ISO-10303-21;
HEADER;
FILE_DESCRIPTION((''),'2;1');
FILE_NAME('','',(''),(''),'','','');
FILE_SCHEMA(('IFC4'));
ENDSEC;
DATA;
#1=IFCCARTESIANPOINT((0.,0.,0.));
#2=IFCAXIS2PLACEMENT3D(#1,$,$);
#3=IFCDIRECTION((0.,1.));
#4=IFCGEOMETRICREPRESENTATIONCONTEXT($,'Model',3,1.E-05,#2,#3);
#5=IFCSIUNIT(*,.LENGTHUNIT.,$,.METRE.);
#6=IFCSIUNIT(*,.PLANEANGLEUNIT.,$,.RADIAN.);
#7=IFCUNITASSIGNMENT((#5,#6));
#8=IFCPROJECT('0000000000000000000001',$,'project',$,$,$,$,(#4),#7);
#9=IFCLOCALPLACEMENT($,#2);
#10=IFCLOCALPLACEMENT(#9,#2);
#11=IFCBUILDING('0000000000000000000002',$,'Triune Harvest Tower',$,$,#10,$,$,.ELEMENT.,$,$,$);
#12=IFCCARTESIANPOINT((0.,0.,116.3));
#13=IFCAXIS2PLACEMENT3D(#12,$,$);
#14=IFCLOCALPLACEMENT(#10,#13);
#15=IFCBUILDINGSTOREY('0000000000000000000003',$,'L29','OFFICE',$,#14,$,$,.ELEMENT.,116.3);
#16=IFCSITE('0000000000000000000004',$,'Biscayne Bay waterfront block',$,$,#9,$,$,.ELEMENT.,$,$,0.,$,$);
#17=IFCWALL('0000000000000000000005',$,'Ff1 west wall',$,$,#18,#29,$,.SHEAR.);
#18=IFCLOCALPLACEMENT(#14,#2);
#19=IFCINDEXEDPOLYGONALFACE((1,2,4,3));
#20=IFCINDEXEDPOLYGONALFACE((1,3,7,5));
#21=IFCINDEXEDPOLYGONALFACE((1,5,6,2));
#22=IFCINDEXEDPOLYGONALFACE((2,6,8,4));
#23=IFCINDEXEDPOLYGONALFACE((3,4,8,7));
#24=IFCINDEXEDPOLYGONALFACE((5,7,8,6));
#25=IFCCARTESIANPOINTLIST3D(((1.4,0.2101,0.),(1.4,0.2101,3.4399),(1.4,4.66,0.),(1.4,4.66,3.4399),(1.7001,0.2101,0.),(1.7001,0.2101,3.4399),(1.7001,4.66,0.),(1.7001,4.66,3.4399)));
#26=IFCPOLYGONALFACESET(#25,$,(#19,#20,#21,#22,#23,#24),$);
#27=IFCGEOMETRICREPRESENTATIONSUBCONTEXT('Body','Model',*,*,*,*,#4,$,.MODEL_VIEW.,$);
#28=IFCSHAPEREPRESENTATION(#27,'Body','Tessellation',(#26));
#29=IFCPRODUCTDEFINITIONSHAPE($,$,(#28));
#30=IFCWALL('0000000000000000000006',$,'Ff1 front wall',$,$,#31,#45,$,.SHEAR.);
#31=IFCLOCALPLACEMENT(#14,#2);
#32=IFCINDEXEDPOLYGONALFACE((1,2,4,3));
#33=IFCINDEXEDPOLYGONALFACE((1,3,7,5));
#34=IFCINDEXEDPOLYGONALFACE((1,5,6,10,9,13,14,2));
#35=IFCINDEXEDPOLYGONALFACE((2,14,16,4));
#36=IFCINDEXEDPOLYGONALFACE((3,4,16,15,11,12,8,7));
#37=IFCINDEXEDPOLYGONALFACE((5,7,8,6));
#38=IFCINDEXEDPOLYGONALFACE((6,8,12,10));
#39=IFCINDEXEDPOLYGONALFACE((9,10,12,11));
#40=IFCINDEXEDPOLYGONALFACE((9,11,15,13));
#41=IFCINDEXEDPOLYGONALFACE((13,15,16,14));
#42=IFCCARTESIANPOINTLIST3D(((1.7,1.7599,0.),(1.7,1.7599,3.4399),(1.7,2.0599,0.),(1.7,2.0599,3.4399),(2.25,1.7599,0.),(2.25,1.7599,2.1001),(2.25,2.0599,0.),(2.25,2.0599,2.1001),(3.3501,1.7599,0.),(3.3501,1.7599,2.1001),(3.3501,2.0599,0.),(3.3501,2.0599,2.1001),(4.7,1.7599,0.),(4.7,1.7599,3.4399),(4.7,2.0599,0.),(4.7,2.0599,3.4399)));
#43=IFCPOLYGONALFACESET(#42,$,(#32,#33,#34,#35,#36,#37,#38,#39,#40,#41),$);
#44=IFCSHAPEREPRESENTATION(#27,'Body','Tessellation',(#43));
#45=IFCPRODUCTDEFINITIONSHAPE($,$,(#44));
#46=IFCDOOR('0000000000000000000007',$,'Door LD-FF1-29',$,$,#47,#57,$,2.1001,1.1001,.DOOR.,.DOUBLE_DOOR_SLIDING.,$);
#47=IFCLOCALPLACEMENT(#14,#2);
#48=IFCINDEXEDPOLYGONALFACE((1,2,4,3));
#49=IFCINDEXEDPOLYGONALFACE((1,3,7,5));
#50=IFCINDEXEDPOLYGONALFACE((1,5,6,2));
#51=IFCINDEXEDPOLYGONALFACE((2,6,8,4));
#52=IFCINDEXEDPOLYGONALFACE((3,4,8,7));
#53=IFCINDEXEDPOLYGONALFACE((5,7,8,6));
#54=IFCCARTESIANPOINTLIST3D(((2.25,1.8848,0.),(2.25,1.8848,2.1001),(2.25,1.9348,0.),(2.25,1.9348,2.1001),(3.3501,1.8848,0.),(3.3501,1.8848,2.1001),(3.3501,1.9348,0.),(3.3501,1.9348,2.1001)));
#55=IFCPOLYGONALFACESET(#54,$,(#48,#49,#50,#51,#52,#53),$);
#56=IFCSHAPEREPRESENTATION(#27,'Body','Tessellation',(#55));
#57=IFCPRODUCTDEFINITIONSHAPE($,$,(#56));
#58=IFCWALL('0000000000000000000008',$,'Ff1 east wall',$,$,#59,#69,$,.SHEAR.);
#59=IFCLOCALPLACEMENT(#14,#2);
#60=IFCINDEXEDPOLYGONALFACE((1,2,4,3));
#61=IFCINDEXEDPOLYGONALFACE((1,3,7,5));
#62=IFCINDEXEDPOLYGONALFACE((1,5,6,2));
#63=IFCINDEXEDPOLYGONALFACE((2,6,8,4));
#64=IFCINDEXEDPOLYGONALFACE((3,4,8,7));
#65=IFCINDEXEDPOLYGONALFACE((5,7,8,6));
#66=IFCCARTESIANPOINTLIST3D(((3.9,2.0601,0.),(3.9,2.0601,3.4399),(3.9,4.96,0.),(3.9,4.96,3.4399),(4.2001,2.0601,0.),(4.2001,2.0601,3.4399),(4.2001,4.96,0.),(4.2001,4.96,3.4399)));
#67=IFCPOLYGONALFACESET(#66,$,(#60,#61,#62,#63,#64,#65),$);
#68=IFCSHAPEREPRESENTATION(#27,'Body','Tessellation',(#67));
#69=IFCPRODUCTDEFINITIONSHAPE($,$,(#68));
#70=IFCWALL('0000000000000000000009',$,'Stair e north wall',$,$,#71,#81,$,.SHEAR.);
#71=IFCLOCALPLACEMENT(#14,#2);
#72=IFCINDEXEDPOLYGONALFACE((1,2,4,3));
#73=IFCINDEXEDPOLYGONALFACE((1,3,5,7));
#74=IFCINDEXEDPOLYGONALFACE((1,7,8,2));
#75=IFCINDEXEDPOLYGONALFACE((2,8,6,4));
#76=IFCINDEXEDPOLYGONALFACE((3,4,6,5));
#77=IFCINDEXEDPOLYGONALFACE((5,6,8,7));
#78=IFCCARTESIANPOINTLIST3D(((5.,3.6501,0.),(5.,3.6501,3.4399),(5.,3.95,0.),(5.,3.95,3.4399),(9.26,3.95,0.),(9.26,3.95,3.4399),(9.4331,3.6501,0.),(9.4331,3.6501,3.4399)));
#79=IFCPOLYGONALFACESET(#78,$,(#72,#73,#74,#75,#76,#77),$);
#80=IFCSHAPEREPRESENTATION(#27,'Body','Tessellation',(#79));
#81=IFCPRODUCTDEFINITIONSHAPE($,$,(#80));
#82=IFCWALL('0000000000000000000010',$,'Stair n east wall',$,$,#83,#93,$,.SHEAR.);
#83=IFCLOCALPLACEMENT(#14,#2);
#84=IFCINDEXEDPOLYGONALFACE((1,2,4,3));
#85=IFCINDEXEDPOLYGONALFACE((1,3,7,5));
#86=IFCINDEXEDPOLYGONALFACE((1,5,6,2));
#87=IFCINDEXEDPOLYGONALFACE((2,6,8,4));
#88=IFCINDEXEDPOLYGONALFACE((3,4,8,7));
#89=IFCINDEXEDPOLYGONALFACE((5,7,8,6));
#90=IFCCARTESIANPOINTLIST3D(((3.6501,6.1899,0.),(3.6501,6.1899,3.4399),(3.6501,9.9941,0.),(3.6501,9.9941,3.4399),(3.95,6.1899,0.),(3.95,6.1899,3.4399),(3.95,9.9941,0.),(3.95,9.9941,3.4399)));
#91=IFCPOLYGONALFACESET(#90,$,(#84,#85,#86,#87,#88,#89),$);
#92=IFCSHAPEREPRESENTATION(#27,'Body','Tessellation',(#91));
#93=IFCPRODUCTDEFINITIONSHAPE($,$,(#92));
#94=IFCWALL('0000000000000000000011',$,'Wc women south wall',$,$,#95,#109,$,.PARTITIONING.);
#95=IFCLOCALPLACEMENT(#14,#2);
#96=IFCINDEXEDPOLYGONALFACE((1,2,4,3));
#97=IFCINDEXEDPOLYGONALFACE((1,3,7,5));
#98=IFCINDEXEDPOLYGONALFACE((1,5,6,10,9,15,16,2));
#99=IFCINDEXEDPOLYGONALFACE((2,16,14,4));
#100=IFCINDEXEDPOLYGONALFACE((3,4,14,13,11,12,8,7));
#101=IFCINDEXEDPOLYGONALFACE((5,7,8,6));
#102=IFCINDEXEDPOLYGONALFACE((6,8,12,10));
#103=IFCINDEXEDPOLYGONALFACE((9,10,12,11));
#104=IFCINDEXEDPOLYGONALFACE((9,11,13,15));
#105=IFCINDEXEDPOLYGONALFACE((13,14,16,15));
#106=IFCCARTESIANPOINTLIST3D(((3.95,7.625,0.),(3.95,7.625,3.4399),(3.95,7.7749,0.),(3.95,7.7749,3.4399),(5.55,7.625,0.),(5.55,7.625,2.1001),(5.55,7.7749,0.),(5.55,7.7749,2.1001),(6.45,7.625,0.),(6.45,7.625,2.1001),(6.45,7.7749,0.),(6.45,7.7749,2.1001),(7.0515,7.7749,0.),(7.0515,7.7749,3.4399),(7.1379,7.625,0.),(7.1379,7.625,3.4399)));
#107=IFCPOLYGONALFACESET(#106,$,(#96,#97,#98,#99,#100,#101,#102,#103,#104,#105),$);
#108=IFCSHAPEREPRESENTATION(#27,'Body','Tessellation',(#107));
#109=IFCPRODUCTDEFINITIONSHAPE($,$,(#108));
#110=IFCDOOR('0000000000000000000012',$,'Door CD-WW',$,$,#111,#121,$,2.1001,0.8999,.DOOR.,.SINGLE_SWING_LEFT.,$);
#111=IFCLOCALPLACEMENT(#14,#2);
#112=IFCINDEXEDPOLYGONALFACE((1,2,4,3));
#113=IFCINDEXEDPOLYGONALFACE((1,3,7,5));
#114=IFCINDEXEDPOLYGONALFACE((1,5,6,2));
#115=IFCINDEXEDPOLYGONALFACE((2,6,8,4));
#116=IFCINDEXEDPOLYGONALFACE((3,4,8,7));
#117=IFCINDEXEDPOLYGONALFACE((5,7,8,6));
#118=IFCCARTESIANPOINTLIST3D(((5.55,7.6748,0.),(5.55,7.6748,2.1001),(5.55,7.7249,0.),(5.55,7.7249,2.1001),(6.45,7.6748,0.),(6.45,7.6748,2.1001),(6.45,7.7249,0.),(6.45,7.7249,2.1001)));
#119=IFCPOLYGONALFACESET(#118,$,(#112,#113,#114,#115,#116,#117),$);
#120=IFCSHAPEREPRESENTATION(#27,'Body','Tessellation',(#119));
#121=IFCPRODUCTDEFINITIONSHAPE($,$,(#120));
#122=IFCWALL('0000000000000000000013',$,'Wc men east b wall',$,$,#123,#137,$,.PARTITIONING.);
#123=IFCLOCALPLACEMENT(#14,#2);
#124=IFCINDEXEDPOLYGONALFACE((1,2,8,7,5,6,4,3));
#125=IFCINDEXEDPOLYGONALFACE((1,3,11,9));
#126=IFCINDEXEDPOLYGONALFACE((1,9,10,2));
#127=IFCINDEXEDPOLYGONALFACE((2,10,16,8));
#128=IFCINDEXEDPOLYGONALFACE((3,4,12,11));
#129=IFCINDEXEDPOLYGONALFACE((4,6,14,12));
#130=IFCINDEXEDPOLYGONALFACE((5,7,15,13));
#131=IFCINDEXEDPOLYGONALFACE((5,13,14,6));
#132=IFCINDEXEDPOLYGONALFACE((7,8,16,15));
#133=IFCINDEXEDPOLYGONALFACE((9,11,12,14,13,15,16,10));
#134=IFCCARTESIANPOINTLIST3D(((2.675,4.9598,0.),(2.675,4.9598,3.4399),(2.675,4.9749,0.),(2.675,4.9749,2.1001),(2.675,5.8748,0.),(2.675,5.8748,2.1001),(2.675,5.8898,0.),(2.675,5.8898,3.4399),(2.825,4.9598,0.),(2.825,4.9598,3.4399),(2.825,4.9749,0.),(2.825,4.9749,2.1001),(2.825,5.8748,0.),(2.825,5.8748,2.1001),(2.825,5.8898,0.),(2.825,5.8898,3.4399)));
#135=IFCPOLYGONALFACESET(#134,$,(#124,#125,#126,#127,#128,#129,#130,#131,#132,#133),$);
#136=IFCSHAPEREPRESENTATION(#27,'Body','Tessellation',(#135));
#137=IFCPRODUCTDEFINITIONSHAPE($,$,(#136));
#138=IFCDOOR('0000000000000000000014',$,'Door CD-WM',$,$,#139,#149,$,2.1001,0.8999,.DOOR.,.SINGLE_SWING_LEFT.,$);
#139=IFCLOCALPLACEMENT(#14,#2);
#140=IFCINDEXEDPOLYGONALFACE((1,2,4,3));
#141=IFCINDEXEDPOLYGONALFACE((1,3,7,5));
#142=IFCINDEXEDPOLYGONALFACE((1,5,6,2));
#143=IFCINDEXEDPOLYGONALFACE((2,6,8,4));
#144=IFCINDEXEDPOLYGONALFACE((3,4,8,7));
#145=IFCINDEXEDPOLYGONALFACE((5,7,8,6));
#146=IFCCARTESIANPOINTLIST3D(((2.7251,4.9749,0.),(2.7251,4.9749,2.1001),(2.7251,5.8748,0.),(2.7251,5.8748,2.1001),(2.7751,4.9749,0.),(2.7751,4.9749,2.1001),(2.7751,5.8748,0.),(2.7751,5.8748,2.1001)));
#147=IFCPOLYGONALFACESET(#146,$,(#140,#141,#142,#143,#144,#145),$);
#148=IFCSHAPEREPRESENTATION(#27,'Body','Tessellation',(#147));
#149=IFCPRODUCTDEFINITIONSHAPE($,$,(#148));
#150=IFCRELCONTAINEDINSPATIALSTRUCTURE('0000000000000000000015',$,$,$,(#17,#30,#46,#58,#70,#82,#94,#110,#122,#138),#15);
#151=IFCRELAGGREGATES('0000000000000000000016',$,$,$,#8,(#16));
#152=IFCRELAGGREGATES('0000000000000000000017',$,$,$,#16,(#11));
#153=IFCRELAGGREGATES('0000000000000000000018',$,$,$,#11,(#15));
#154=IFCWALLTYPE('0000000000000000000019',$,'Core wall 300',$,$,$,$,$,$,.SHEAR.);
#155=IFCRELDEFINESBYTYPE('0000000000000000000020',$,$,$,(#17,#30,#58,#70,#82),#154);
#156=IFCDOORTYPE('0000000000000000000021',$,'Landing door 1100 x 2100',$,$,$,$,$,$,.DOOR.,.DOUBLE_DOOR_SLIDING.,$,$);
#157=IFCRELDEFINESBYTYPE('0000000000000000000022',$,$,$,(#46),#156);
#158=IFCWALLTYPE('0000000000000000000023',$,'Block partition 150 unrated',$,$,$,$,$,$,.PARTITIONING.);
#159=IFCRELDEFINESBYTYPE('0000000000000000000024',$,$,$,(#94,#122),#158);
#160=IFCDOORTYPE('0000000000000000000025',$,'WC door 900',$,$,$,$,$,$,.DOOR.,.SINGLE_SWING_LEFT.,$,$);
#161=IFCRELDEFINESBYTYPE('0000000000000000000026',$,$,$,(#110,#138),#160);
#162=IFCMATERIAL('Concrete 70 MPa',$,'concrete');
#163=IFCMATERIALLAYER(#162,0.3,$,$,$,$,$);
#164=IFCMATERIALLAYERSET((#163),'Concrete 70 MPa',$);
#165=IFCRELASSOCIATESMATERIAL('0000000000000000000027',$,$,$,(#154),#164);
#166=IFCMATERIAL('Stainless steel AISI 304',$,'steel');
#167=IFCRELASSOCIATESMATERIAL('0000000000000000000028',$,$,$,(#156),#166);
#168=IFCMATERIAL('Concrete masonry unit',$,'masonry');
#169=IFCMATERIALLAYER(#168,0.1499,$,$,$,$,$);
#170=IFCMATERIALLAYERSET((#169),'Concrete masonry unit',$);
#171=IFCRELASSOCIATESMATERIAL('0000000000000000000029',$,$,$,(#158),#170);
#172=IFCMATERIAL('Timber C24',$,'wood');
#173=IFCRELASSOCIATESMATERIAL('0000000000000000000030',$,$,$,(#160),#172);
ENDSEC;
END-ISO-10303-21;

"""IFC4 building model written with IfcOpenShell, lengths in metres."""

from ifc_helpers import new_model, si_unit, direction, frame, frame_2d, origin, place, context, subcontext, project, spatial, polyline, rectangle, outline, extrude, source, transform, mapped, material, layer, layer_set, type_object, element, fill, save


model = new_model("IFC4")

# Units and contexts
model_context = context("Model", 3, precision=1e-05, world=origin(), true_north=direction((0.0, 1.0)))
body_context = subcontext(model_context, "Body", "Model", "MODEL_VIEW")
ifc_project = project(units=[si_unit("LENGTHUNIT", "METRE"), si_unit("PLANEANGLEUNIT", "RADIAN")], contexts=[model_context])

# Site, building, storey
site_placement = place(None, origin())
site = spatial("IfcSite", under=ifc_project, at=site_placement, Name="Biscayne Bay waterfront block", CompositionType="ELEMENT", RefElevation=0.0)
building_placement = place(site_placement, origin())
building = spatial("IfcBuilding", under=site, at=building_placement, Name="Triune Harvest Tower", CompositionType="ELEMENT")
storey_placement = place(building_placement, frame((0.0, 0.0, 116.3)))
storey = spatial("IfcBuildingStorey", under=building, at=storey_placement, Name="L29", Description="OFFICE", CompositionType="ELEMENT", Elevation=116.3)

# Wall
ifc_material_1 = material(Name="Concrete 70 MPa", Category="concrete")
ifc_layer_1 = layer(ifc_material_1, 0.3)
ifc_layer_set_1 = layer_set([ifc_layer_1], Name="Concrete 70 MPa")
wall_type_1 = type_object("IfcWallType", Name="Core wall 300", PredefinedType="SHEAR", material=ifc_layer_set_1)
shared_shape_1 = source(origin(), body_context, "Body", "SweptSolid", [
    extrude(rectangle(XDim=4.45, YDim=0.3, at=frame_2d((2.2251, 0.0))), origin(), (0.0, 0.0, 1.0), 3.4399),
])
wall_1_placement = place(storey_placement, frame((1.55, 0.21, 0.0), z_axis=(0.0, 0.0, 1.0), x_axis=(0.0, 1.0, 0.0)))
element("IfcWall", 1, at=wall_1_placement, inside=storey, type_object=wall_type_1, Name="Ff1 west wall", PredefinedType="SHEAR", context=body_context, shape_type="MappedRepresentation", body=[
    mapped(shared_shape_1, transform((0.0, 0.0, 0.0), scale=1.0)),
])

# Wall, opening, door
shared_shape_2 = source(origin(), body_context, "Body", "SweptSolid", [
    extrude(rectangle(XDim=3.0, YDim=0.3, at=frame_2d((1.5, 0.0))), origin(), (0.0, 0.0, 1.0), 3.4399),
])
wall_2_placement = place(storey_placement, frame((1.7, 1.9099, 0.0), z_axis=(0.0, 0.0, 1.0), x_axis=(1.0, 0.0, 0.0)))
wall_2 = element("IfcWall", 2, at=wall_2_placement, inside=storey, type_object=wall_type_1, Name="Ff1 front wall", PredefinedType="SHEAR", context=body_context, shape_type="MappedRepresentation", body=[
    mapped(shared_shape_2, transform((0.0, 0.0, 0.0), scale=1.0)),
])
opening_1_placement = place(wall_2_placement, frame((0.55, 0.0, 0.0)))
opening_1 = element("IfcOpeningElement", 3, at=opening_1_placement, cuts=wall_2, PredefinedType="OPENING", context=body_context, shape_type="SweptSolid", body=[
    extrude(rectangle(XDim=1.1001, YDim=2.1001, at=frame_2d((0.55, 1.05))), frame((0.0, 0.1602, 0.0), z_axis=(0.0, -1.0, 0.0), x_axis=(1.0, 0.0, 0.0)), (0.0, 0.0, 1.0), 0.3201),
])
ifc_material_2 = material(Name="Stainless steel AISI 304", Category="steel")
door_type_1 = type_object("IfcDoorType", Name="Landing door 1100 x 2100", OperationType="DOUBLE_DOOR_SLIDING", PredefinedType="DOOR", material=ifc_material_2)
door_1_placement = place(opening_1_placement, origin())
door_1 = element("IfcDoor", 4, at=door_1_placement, inside=storey, type_object=door_type_1, Name="Door LD-FF1-29", OperationType="DOUBLE_DOOR_SLIDING", OverallHeight=2.1001, OverallWidth=1.1001, PredefinedType="DOOR", context=body_context, shape_type="SweptSolid", body=[
    extrude(rectangle(XDim=1.1001, YDim=2.1001, at=frame_2d((0.55, 1.05))), frame((0.0, 0.0249, 0.0), z_axis=(0.0, -1.0, 0.0), x_axis=(1.0, 0.0, 0.0)), (0.0, 0.0, 1.0), 0.05),
])
fill(opening_1, door_1)

# Walls
shared_shape_3 = source(origin(), body_context, "Body", "SweptSolid", [
    extrude(rectangle(XDim=2.8999, YDim=0.3, at=frame_2d((1.45, 0.0))), origin(), (0.0, 0.0, 1.0), 3.4399),
])
wall_3_placement = place(storey_placement, frame((4.05, 2.0601, 0.0), z_axis=(0.0, 0.0, 1.0), x_axis=(0.0, 1.0, 0.0)))
element("IfcWall", 5, at=wall_3_placement, inside=storey, type_object=wall_type_1, Name="Ff1 east wall", PredefinedType="SHEAR", context=body_context, shape_type="MappedRepresentation", body=[
    mapped(shared_shape_3, transform((0.0, 0.0, 0.0), scale=1.0)),
])
shared_shape_4 = source(origin(), body_context, "Body", "SweptSolid", [
    extrude(outline(polyline([(0.0, -0.1499), (0.0, 0.1499), (4.26, 0.1499), (4.4331, -0.1499), (0.0, -0.1499)])), origin(), (0.0, 0.0, 1.0), 3.4399),
])
wall_4_placement = place(storey_placement, frame((5.0, 3.8, 0.0), z_axis=(0.0, 0.0, 1.0), x_axis=(1.0, 0.0, 0.0)))
element("IfcWall", 6, at=wall_4_placement, inside=storey, type_object=wall_type_1, Name="Stair e north wall", PredefinedType="SHEAR", context=body_context, shape_type="MappedRepresentation", body=[
    mapped(shared_shape_4, transform((0.0, 0.0, 0.0), scale=1.0)),
])
shared_shape_5 = source(origin(), body_context, "Body", "SweptSolid", [
    extrude(outline(polyline([(0.0, -0.1499), (0.0, 0.1499), (3.8042, 0.1499), (3.8042, -0.1499), (0.0, -0.1499)])), origin(), (0.0, 0.0, 1.0), 3.4399),
])
wall_5_placement = place(storey_placement, frame((3.8, 6.1899, 0.0), z_axis=(0.0, 0.0, 1.0), x_axis=(0.0, 1.0, 0.0)))
element("IfcWall", 7, at=wall_5_placement, inside=storey, type_object=wall_type_1, Name="Stair n east wall", PredefinedType="SHEAR", context=body_context, shape_type="MappedRepresentation", body=[
    mapped(shared_shape_5, transform((0.0, 0.0, 0.0), scale=1.0)),
])

# Walls, openings, doors
ifc_material_3 = material(Name="Concrete masonry unit", Category="masonry")
ifc_layer_2 = layer(ifc_material_3, 0.1499)
ifc_layer_set_2 = layer_set([ifc_layer_2], Name="Concrete masonry unit")
wall_type_2 = type_object("IfcWallType", Name="Block partition 150 unrated", PredefinedType="PARTITIONING", material=ifc_layer_set_2)
shared_shape_6 = source(origin(), body_context, "Body", "SweptSolid", [
    extrude(outline(polyline([(0.0, -0.075), (0.0, 0.075), (3.1016, 0.075), (3.188, -0.075), (0.0, -0.075)])), origin(), (0.0, 0.0, 1.0), 3.4399),
])
wall_6_placement = place(storey_placement, frame((3.95, 7.7, 0.0), z_axis=(0.0, 0.0, 1.0), x_axis=(1.0, 0.0, 0.0)))
wall_6 = element("IfcWall", 8, at=wall_6_placement, inside=storey, type_object=wall_type_2, Name="Wc women south wall", PredefinedType="PARTITIONING", context=body_context, shape_type="MappedRepresentation", body=[
    mapped(shared_shape_6, transform((0.0, 0.0, 0.0), scale=1.0)),
])
opening_2_placement = place(wall_6_placement, frame((1.6001, 0.0, 0.0)))
opening_2 = element("IfcOpeningElement", 9, at=opening_2_placement, cuts=wall_6, PredefinedType="OPENING", context=body_context, shape_type="SweptSolid", body=[
    extrude(rectangle(XDim=0.8999, YDim=2.1001, at=frame_2d((0.45, 1.05))), frame((0.0, 0.085, 0.0), z_axis=(0.0, -1.0, 0.0), x_axis=(1.0, 0.0, 0.0)), (0.0, 0.0, 1.0), 0.1699),
])
ifc_material_4 = material(Name="Timber C24", Category="wood")
door_type_2 = type_object("IfcDoorType", Name="WC door 900", OperationType="SINGLE_SWING_LEFT", PredefinedType="DOOR", material=ifc_material_4)
door_2_placement = place(opening_2_placement, origin())
door_2 = element("IfcDoor", 10, at=door_2_placement, inside=storey, type_object=door_type_2, Name="Door CD-WW", OperationType="SINGLE_SWING_LEFT", OverallHeight=2.1001, OverallWidth=0.8999, PredefinedType="DOOR", context=body_context, shape_type="SweptSolid", body=[
    extrude(rectangle(XDim=0.8999, YDim=2.1001, at=frame_2d((0.45, 1.05))), frame((0.0, 0.0249, 0.0), z_axis=(0.0, -1.0, 0.0), x_axis=(1.0, 0.0, 0.0)), (0.0, 0.0, 1.0), 0.05),
])
fill(opening_2, door_2)
shared_shape_7 = source(origin(), body_context, "Body", "SweptSolid", [
    extrude(rectangle(XDim=0.9299, YDim=0.1499, at=frame_2d((0.4648, 0.0))), origin(), (0.0, 0.0, 1.0), 3.4399),
])
wall_7_placement = place(storey_placement, frame((2.75, 4.96, 0.0), z_axis=(0.0, 0.0, 1.0), x_axis=(0.0, 1.0, 0.0)))
wall_7 = element("IfcWall", 11, at=wall_7_placement, inside=storey, type_object=wall_type_2, Name="Wc men east b wall", PredefinedType="PARTITIONING", context=body_context, shape_type="MappedRepresentation", body=[
    mapped(shared_shape_7, transform((0.0, 0.0, 0.0), scale=1.0)),
])
opening_3_placement = place(wall_7_placement, frame((0.0149, 0.0, 0.0)))
opening_3 = element("IfcOpeningElement", 12, at=opening_3_placement, cuts=wall_7, PredefinedType="OPENING", context=body_context, shape_type="SweptSolid", body=[
    extrude(rectangle(XDim=0.8999, YDim=2.1001, at=frame_2d((0.45, 1.05))), frame((0.0, 0.085, 0.0), z_axis=(0.0, -1.0, 0.0), x_axis=(1.0, 0.0, 0.0)), (0.0, 0.0, 1.0), 0.1699),
])
door_3_placement = place(opening_3_placement, origin())
door_3 = element("IfcDoor", 13, at=door_3_placement, inside=storey, type_object=door_type_2, Name="Door CD-WM", OperationType="SINGLE_SWING_LEFT", OverallHeight=2.1001, OverallWidth=0.8999, PredefinedType="DOOR", context=body_context, shape_type="SweptSolid", body=[
    extrude(rectangle(XDim=0.8999, YDim=2.1001, at=frame_2d((0.45, 1.05))), frame((0.0, 0.0249, 0.0), z_axis=(0.0, -1.0, 0.0), x_axis=(1.0, 0.0, 0.0)), (0.0, 0.0, 1.0), 0.05),
])
fill(opening_3, door_3)

save(model, "model.ifc")
